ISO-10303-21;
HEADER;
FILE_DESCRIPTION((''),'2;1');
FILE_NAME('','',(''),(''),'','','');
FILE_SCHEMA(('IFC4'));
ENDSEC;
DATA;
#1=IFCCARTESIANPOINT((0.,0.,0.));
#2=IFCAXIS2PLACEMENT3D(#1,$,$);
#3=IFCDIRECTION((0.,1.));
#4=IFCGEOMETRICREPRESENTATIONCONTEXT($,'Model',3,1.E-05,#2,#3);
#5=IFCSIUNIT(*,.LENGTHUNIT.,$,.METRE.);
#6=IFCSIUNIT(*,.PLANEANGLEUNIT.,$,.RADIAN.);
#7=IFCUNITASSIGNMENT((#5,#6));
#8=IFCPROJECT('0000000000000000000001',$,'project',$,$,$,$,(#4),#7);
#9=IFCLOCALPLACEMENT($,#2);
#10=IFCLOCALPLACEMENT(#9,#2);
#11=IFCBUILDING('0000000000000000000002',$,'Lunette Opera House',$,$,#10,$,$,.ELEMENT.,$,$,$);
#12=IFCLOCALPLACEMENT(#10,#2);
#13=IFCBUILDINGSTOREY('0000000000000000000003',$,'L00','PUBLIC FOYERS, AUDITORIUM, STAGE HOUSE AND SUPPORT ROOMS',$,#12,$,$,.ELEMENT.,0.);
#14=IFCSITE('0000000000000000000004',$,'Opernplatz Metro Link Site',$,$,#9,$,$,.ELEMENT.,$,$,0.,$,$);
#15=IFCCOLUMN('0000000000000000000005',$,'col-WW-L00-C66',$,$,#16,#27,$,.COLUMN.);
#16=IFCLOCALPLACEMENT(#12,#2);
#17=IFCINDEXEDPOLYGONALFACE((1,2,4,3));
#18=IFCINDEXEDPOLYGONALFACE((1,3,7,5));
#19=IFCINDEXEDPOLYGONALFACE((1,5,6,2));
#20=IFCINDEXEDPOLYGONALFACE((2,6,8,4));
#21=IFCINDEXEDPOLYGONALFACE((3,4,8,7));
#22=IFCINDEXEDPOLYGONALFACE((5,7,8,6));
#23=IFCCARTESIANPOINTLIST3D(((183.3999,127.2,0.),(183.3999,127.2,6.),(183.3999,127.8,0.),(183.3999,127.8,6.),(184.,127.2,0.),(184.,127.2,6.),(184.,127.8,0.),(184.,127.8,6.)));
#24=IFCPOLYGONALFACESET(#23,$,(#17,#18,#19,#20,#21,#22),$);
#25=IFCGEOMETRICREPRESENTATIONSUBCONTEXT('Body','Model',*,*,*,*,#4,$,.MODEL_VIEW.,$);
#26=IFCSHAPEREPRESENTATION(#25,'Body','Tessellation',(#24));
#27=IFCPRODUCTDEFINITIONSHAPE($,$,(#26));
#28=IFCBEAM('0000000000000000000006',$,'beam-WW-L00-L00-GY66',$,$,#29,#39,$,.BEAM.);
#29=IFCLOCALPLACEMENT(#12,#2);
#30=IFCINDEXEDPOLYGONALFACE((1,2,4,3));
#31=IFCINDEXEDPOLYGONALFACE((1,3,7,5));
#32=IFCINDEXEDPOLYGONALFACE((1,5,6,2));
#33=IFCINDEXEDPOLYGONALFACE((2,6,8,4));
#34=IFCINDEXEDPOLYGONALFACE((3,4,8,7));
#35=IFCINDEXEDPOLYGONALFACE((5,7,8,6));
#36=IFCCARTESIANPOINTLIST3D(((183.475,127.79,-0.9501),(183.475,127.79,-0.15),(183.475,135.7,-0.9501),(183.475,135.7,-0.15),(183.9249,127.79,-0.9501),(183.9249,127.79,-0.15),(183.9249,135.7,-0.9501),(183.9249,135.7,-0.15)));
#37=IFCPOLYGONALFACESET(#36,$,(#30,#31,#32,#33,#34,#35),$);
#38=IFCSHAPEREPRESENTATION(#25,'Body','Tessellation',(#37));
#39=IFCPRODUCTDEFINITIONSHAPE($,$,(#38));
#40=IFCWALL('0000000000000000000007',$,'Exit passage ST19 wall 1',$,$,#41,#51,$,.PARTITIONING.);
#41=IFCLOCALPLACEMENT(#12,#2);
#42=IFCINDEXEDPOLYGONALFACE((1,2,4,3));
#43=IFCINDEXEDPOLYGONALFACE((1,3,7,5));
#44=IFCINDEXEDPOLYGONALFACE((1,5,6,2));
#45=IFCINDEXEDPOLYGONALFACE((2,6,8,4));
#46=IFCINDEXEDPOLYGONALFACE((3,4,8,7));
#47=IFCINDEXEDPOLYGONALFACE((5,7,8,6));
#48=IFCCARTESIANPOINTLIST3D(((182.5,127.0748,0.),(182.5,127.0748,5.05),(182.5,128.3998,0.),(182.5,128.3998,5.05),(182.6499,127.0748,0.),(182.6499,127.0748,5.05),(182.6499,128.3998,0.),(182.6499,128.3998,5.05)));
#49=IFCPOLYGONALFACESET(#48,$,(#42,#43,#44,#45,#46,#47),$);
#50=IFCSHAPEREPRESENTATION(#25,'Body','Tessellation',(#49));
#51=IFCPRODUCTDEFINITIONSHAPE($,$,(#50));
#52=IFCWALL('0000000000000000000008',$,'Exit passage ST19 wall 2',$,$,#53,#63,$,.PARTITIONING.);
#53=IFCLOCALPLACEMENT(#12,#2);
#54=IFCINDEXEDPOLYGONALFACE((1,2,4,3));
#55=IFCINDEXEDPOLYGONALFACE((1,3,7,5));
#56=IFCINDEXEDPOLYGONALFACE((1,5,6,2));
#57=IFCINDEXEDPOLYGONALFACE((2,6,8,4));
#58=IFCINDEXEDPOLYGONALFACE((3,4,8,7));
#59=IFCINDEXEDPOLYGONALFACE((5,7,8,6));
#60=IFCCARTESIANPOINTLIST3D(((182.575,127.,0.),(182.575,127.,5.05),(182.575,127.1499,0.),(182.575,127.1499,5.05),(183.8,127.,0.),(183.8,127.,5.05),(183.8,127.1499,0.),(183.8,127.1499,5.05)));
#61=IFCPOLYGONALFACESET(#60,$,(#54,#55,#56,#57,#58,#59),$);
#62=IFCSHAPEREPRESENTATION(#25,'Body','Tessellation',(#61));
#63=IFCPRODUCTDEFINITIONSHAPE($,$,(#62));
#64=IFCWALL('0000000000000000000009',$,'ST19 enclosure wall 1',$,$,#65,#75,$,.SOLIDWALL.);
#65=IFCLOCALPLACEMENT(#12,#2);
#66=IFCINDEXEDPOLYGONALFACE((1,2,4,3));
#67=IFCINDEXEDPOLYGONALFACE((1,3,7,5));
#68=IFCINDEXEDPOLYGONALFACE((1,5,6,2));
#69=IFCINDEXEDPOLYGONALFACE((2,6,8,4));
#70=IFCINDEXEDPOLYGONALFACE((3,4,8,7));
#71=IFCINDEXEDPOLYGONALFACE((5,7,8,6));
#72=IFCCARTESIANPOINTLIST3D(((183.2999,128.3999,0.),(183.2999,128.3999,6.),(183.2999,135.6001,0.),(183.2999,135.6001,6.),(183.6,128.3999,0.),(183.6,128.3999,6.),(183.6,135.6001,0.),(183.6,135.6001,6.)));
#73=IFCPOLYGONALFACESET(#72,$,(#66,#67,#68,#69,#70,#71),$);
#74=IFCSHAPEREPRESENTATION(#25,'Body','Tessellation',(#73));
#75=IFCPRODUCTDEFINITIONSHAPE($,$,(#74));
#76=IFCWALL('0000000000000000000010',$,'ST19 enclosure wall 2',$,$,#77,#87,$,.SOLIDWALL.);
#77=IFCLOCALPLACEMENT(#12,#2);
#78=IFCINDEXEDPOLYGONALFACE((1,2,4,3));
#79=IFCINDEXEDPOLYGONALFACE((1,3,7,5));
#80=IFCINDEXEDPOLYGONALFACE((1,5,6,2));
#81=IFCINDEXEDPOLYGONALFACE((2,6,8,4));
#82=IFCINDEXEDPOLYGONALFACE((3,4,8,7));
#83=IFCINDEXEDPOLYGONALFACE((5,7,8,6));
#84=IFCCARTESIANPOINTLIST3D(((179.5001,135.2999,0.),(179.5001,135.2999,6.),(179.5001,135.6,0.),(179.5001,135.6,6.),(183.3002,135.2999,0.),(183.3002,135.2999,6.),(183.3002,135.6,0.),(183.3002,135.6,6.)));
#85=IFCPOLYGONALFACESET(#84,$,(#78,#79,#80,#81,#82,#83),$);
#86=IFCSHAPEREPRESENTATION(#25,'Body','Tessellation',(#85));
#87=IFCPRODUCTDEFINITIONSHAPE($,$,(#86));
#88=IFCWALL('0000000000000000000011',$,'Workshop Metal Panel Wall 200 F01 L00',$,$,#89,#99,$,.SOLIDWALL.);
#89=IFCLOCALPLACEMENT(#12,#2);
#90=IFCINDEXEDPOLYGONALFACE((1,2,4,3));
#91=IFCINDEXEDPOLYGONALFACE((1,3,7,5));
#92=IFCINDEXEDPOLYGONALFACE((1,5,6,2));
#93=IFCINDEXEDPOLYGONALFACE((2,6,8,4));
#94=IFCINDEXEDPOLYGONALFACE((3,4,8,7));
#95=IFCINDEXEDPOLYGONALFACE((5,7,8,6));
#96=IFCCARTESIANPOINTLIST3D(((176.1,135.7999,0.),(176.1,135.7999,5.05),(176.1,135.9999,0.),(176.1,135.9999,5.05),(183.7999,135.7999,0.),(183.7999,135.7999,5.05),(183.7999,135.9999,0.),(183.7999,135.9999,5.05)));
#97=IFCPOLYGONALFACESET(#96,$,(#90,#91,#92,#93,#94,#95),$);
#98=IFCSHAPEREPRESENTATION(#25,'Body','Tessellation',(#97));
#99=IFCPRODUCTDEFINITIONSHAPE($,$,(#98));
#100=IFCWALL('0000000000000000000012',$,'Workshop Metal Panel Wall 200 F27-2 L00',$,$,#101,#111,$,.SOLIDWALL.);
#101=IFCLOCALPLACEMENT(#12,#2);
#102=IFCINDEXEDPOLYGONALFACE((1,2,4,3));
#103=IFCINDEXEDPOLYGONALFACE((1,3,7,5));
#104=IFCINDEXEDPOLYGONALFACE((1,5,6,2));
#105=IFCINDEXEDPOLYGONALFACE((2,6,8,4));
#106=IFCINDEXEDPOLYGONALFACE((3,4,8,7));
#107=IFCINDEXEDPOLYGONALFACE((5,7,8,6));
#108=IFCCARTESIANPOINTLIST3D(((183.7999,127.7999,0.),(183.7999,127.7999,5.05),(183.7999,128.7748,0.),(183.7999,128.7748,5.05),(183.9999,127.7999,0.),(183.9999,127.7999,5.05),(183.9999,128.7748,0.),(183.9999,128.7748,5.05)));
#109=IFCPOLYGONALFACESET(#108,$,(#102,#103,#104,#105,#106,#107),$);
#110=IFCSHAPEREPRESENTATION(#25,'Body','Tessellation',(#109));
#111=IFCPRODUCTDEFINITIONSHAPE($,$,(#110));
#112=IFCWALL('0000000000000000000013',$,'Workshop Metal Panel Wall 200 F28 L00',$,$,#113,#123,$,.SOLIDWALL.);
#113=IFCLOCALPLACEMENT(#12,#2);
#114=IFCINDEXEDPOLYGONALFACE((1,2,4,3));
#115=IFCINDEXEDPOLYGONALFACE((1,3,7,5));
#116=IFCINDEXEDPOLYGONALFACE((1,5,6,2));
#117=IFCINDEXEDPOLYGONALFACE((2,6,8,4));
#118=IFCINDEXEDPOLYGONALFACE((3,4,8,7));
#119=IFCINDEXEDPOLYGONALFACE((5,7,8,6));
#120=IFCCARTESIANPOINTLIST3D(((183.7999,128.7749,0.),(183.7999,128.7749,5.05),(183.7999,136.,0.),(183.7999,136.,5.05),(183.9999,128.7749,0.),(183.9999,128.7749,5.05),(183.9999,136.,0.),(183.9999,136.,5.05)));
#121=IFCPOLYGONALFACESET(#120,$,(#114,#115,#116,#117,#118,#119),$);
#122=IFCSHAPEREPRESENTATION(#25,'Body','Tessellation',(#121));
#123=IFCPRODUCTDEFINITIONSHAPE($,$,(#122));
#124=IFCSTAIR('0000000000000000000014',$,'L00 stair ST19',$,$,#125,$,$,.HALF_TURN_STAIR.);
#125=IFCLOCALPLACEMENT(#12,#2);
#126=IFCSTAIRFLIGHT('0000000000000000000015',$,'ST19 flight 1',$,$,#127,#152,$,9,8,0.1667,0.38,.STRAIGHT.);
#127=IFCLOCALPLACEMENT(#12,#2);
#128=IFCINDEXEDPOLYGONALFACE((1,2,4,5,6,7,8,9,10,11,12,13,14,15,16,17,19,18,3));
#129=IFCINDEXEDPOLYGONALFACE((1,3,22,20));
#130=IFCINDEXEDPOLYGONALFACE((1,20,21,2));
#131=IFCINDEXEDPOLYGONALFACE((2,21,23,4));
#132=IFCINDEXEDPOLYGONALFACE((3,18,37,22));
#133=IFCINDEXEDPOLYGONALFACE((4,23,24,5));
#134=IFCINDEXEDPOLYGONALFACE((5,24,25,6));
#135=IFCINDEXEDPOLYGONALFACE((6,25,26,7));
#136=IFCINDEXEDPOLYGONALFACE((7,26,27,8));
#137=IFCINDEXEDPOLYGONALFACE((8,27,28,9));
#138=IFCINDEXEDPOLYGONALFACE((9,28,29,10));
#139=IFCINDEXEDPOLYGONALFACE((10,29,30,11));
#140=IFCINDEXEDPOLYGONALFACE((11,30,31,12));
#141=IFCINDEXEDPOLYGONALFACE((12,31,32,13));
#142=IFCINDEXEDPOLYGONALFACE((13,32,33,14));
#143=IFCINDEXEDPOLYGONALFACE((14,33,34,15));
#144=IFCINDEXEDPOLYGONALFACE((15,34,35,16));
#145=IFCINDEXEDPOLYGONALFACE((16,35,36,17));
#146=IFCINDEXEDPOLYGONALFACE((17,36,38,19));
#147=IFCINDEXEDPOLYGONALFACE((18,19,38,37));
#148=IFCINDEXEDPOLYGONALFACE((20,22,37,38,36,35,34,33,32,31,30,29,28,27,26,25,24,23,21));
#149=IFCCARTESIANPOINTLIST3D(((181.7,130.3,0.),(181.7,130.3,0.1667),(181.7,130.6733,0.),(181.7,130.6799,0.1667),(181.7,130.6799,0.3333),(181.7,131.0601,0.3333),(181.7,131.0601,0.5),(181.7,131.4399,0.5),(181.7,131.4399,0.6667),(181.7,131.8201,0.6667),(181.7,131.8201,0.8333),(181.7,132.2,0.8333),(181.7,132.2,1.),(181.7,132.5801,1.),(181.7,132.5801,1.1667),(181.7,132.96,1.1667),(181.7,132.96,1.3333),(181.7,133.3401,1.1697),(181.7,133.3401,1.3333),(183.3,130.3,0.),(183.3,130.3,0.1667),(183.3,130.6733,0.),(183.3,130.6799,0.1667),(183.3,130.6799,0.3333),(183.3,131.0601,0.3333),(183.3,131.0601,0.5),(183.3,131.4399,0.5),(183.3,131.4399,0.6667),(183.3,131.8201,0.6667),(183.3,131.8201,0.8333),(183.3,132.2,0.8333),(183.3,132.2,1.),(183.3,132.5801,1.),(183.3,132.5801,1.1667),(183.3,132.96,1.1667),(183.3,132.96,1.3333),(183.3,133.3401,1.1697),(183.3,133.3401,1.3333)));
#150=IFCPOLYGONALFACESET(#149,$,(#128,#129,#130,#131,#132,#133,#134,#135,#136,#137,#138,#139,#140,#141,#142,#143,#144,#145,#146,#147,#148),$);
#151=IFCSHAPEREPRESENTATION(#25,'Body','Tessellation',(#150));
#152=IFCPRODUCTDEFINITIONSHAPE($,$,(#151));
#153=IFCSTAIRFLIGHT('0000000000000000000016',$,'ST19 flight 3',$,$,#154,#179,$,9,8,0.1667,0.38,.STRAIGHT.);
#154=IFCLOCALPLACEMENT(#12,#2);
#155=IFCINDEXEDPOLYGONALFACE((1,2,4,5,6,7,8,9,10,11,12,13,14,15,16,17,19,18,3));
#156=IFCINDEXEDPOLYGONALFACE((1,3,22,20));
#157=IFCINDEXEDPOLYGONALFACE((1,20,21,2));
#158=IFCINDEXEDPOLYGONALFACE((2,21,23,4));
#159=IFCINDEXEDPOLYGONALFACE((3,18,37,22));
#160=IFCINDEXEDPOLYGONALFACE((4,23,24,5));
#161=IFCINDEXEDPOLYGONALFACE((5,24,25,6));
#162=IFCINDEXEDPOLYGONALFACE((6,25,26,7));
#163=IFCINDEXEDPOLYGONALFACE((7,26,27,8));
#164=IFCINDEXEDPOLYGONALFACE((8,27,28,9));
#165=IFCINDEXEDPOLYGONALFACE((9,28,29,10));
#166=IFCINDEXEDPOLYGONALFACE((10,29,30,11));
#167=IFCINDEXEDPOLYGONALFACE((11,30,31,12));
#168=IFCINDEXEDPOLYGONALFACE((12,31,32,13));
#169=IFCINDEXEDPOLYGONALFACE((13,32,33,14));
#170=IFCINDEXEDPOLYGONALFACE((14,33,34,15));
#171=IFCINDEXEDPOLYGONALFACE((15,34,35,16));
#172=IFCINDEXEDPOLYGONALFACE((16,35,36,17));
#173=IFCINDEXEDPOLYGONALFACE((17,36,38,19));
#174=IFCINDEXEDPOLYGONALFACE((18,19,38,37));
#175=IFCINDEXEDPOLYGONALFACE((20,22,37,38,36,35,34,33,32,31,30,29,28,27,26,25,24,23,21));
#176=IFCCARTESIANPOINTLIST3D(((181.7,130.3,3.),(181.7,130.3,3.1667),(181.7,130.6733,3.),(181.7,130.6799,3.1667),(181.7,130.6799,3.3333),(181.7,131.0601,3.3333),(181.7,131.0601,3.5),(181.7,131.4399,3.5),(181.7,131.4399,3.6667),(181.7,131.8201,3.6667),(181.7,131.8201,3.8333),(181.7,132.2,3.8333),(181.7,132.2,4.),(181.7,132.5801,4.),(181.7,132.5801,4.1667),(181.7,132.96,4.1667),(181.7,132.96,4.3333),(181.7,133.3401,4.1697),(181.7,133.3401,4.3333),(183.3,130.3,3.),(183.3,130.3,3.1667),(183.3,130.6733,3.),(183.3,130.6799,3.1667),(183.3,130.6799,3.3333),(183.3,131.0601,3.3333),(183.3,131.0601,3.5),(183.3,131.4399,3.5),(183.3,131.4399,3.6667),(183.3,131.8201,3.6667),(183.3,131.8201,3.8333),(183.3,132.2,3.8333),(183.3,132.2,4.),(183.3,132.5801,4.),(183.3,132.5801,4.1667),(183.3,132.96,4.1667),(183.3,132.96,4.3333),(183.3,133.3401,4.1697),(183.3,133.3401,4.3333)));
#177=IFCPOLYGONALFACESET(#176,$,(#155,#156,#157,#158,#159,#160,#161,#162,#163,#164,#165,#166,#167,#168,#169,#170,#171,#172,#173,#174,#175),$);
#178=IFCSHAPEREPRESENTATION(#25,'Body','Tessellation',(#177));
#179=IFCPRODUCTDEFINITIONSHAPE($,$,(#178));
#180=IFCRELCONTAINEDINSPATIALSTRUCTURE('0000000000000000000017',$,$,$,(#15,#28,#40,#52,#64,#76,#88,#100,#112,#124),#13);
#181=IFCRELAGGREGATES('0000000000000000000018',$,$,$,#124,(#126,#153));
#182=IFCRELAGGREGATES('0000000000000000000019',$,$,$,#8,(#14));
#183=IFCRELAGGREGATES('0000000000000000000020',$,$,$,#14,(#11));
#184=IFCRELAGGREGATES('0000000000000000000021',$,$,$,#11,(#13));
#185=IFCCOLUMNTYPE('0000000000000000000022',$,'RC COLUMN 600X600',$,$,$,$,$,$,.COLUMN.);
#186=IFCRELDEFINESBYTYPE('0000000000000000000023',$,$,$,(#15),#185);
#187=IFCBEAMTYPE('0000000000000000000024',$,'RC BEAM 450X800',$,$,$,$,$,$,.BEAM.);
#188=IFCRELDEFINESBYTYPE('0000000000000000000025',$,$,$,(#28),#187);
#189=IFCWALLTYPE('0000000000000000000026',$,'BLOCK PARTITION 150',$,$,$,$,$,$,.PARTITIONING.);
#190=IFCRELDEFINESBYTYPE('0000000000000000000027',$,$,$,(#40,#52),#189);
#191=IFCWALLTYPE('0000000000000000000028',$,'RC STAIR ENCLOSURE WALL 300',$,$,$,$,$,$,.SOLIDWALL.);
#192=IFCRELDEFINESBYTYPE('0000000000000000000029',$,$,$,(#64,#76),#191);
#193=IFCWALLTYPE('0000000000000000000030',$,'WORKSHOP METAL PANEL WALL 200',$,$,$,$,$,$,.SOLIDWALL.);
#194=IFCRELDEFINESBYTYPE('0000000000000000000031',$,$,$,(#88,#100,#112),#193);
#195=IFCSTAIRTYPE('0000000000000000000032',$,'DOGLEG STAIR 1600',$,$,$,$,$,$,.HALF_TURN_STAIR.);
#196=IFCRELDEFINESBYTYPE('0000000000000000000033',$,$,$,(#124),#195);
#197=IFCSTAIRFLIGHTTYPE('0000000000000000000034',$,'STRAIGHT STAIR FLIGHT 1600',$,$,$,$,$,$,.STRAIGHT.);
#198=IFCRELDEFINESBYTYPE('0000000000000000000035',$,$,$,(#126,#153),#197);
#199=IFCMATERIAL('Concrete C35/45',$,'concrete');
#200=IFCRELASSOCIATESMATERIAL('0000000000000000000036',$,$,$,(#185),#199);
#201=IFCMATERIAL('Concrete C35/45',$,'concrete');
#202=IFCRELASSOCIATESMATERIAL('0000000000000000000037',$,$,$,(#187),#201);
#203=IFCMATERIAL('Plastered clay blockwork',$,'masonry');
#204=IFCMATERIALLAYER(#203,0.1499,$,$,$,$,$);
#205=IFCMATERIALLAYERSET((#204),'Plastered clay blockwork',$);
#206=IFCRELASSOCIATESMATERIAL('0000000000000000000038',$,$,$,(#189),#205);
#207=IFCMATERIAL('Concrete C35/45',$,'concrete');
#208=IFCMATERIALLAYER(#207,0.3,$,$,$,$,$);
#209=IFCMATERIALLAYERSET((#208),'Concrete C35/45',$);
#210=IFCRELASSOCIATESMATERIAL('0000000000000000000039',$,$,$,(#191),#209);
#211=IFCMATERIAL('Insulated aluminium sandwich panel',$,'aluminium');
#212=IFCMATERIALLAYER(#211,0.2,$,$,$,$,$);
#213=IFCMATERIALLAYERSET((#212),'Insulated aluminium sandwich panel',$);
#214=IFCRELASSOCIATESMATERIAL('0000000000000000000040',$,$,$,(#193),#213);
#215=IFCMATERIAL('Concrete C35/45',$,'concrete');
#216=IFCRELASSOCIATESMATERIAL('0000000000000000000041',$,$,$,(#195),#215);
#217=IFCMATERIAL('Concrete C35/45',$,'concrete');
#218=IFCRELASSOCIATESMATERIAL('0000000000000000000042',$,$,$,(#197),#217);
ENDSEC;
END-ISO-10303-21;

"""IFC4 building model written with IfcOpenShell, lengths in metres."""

from ifc_helpers import new_model, si_unit, direction, frame, frame_2d, origin, origin_2d, place, context, subcontext, project, spatial, polyline, rectangle, outline, extrude, material, layer, layer_set, material_profile, profile_set, type_object, element, aggregate, save


model = new_model("IFC4")

# Units and contexts
model_context = context("Model", 3, precision=1e-05, world=origin(), true_north=direction((0.0, 1.0)))
body_context = subcontext(model_context, "Body", "Model", "MODEL_VIEW")
ifc_project = project(units=[si_unit("LENGTHUNIT", "METRE"), si_unit("PLANEANGLEUNIT", "RADIAN")], contexts=[model_context])

# Site, building, storey
site_placement = place(None, origin())
site = spatial("IfcSite", under=ifc_project, at=site_placement, Name="Opernplatz Metro Link Site", CompositionType="ELEMENT", RefElevation=0.0)
building_placement = place(site_placement, origin())
building = spatial("IfcBuilding", under=site, at=building_placement, Name="Lunette Opera House", CompositionType="ELEMENT")
storey_placement = place(building_placement, origin())
storey = spatial("IfcBuildingStorey", under=building, at=storey_placement, Name="L00", Description="PUBLIC FOYERS, AUDITORIUM, STAGE HOUSE AND SUPPORT ROOMS", CompositionType="ELEMENT", Elevation=0.0)

# Column
ifc_material_1 = material(Name="Concrete C35/45", Category="concrete")
ifc_material_profile_1 = material_profile(ifc_material_1, rectangle(XDim=0.6001, YDim=0.6001, at=origin_2d()), Name="RC COLUMN 600X600")
ifc_profile_set_1 = profile_set([ifc_material_profile_1], Name="Concrete C35/45")
column_type = type_object("IfcColumnType", Name="RC COLUMN 600X600", PredefinedType="COLUMN", material=ifc_profile_set_1)
column_placement = place(storey_placement, frame((183.7, 127.5, 0.0), z_axis=(0.0, 0.0, 1.0), x_axis=(1.0, 0.0, 0.0)))
element("IfcColumn", 1, at=column_placement, inside=storey, type_object=column_type, Name="col-WW-L00-C66", PredefinedType="COLUMN", context=body_context, shape_type="SweptSolid", body=[
    extrude(rectangle(XDim=0.6001, YDim=0.6001, at=origin_2d()), origin(), (0.0, 0.0, 1.0), 6.0),
])

# Beam
ifc_material_2 = material(Name="Concrete C35/45", Category="concrete")
ifc_material_profile_2 = material_profile(ifc_material_2, rectangle(XDim=0.45, YDim=0.8, at=origin_2d()), Name="RC BEAM 450X800")
ifc_profile_set_2 = profile_set([ifc_material_profile_2], Name="Concrete C35/45")
beam_type = type_object("IfcBeamType", Name="RC BEAM 450X800", PredefinedType="BEAM", material=ifc_profile_set_2)
beam_placement = place(storey_placement, frame((183.7, 127.79, -0.55), z_axis=(0.0, 1.0, 0.0), x_axis=(-1.0, 0.0, 0.0)))
element("IfcBeam", 2, at=beam_placement, inside=storey, type_object=beam_type, Name="beam-WW-L00-L00-GY66", PredefinedType="BEAM", context=body_context, shape_type="SweptSolid", body=[
    extrude(rectangle(XDim=0.45, YDim=0.8, at=origin_2d()), origin(), (0.0, 0.0, 1.0), 7.9099),
])

# Walls
ifc_material_3 = material(Name="Plastered clay blockwork", Category="masonry")
ifc_layer_1 = layer(ifc_material_3, 0.1499)
ifc_layer_set_1 = layer_set([ifc_layer_1], Name="Plastered clay blockwork")
wall_type_1 = type_object("IfcWallType", Name="BLOCK PARTITION 150", PredefinedType="PARTITIONING", material=ifc_layer_set_1)
wall_1_placement = place(storey_placement, frame((182.575, 128.3999, 0.0), z_axis=(0.0, 0.0, 1.0), x_axis=(0.0, -1.0, 0.0)))
element("IfcWall", 3, at=wall_1_placement, inside=storey, type_object=wall_type_1, Name="Exit passage ST19 wall 1", PredefinedType="PARTITIONING", context=body_context, shape_type="SweptSolid", body=[
    extrude(rectangle(XDim=1.325, YDim=0.1499, at=frame_2d((0.6626, 0.0))), origin(), (0.0, 0.0, 1.0), 5.05),
])
wall_2_placement = place(storey_placement, frame((182.575, 127.075, 0.0), z_axis=(0.0, 0.0, 1.0), x_axis=(1.0, 0.0, 0.0)))
element("IfcWall", 4, at=wall_2_placement, inside=storey, type_object=wall_type_1, Name="Exit passage ST19 wall 2", PredefinedType="PARTITIONING", context=body_context, shape_type="SweptSolid", body=[
    extrude(rectangle(XDim=1.2251, YDim=0.1499, at=frame_2d((0.6125, 0.0))), origin(), (0.0, 0.0, 1.0), 5.05),
])
ifc_material_4 = material(Name="Concrete C35/45", Category="concrete")
ifc_layer_2 = layer(ifc_material_4, 0.3)
ifc_layer_set_2 = layer_set([ifc_layer_2], Name="Concrete C35/45")
wall_type_2 = type_object("IfcWallType", Name="RC STAIR ENCLOSURE WALL 300", PredefinedType="SOLIDWALL", material=ifc_layer_set_2)
wall_3_placement = place(storey_placement, frame((183.45, 128.3999, 0.0), z_axis=(0.0, 0.0, 1.0), x_axis=(0.0, 1.0, 0.0)))
element("IfcWall", 5, at=wall_3_placement, inside=storey, type_object=wall_type_2, Name="ST19 enclosure wall 1", PredefinedType="SOLIDWALL", context=body_context, shape_type="SweptSolid", body=[
    extrude(rectangle(XDim=7.2002, YDim=0.3, at=frame_2d((3.6001, 0.0))), origin(), (0.0, 0.0, 1.0), 6.0),
])
wall_4_placement = place(storey_placement, frame((183.3, 135.45, 0.0), z_axis=(0.0, 0.0, 1.0), x_axis=(-1.0, 0.0, 0.0)))
element("IfcWall", 6, at=wall_4_placement, inside=storey, type_object=wall_type_2, Name="ST19 enclosure wall 2", PredefinedType="SOLIDWALL", context=body_context, shape_type="SweptSolid", body=[
    extrude(rectangle(XDim=3.8, YDim=0.3, at=frame_2d((1.8999, 0.0))), origin(), (0.0, 0.0, 1.0), 6.0),
])
ifc_material_5 = material(Name="Insulated aluminium sandwich panel", Category="aluminium")
ifc_layer_3 = layer(ifc_material_5, 0.2)
ifc_layer_set_3 = layer_set([ifc_layer_3], Name="Insulated aluminium sandwich panel")
wall_type_3 = type_object("IfcWallType", Name="WORKSHOP METAL PANEL WALL 200", PredefinedType="SOLIDWALL", material=ifc_layer_set_3)
wall_5_placement = place(storey_placement, frame((183.8, 135.8999, 0.0), z_axis=(0.0, 0.0, 1.0), x_axis=(-1.0, 0.0, 0.0)))
element("IfcWall", 7, at=wall_5_placement, inside=storey, type_object=wall_type_3, Name="Workshop Metal Panel Wall 200 F01 L00", PredefinedType="SOLIDWALL", context=body_context, shape_type="SweptSolid", body=[
    extrude(rectangle(XDim=7.7, YDim=0.2, at=frame_2d((3.8501, 0.0))), origin(), (0.0, 0.0, 1.0), 5.05),
])
wall_6_placement = place(storey_placement, frame((183.8999, 127.8, 0.0), z_axis=(0.0, 0.0, 1.0), x_axis=(0.0, 1.0, 0.0)))
element("IfcWall", 8, at=wall_6_placement, inside=storey, type_object=wall_type_3, Name="Workshop Metal Panel Wall 200 F27-2 L00", PredefinedType="SOLIDWALL", context=body_context, shape_type="SweptSolid", body=[
    extrude(rectangle(XDim=0.9749, YDim=0.2, at=frame_2d((0.4873, 0.0))), origin(), (0.0, 0.0, 1.0), 5.05),
])
wall_7_placement = place(storey_placement, frame((183.8999, 128.7749, 0.0), z_axis=(0.0, 0.0, 1.0), x_axis=(0.0, 1.0, 0.0)))
element("IfcWall", 9, at=wall_7_placement, inside=storey, type_object=wall_type_3, Name="Workshop Metal Panel Wall 200 F28 L00", PredefinedType="SOLIDWALL", context=body_context, shape_type="SweptSolid", body=[
    extrude(rectangle(XDim=7.2251, YDim=0.2, at=frame_2d((3.6125, 0.0))), origin(), (0.0, 0.0, 1.0), 5.05),
])

# Stair, stair flights
ifc_material_6 = material(Name="Concrete C35/45", Category="concrete")
stair_type = type_object("IfcStairType", Name="DOGLEG STAIR 1600", PredefinedType="HALF_TURN_STAIR", material=ifc_material_6)
stair_placement = place(storey_placement, origin())
stair = element("IfcStair", 10, at=stair_placement, inside=storey, type_object=stair_type, Name="L00 stair ST19", PredefinedType="HALF_TURN_STAIR")
ifc_material_7 = material(Name="Concrete C35/45", Category="concrete")
stair_flight_type = type_object("IfcStairFlightType", Name="STRAIGHT STAIR FLIGHT 1600", PredefinedType="STRAIGHT", material=ifc_material_7)
stair_flight_1_placement = place(storey_placement, frame((182.5, 130.3, 0.0), z_axis=(0.0, 0.0, 1.0), x_axis=(0.0, 1.0, 0.0)))
stair_flight_1 = element("IfcStairFlight", 11, at=stair_flight_1_placement, type_object=stair_flight_type, Name="ST19 flight 1", NumberOfRisers=9, NumberOfTreads=8, PredefinedType="STRAIGHT", RiserHeight=0.1667, TreadLength=0.38, context=body_context, shape_type="SweptSolid", body=[
    extrude(outline(polyline([(0.0, 0.0), (0.0, 0.1667), (0.3799, 0.1667), (0.3799, 0.3333), (0.76, 0.3333), (0.76, 0.5), (1.1399, 0.5), (1.1399, 0.6667), (1.52, 0.6667), (1.52, 0.8333), (1.8999, 0.8333), (1.8999, 1.0), (2.28, 1.0), (2.28, 1.1667), (2.6599, 1.1667), (2.6599, 1.3333), (3.04, 1.3333), (3.04, 1.5), (3.04, 1.1697), (0.3733, 0.0), (0.0, 0.0)])), frame((0.0, 0.8, 0.0), z_axis=(0.0, -1.0, 0.0), x_axis=(1.0, 0.0, 0.0)), (0.0, 0.0, 1.0), 1.6001),
])
stair_flight_2_placement = place(storey_placement, frame((182.5, 130.3, 3.0), z_axis=(0.0, 0.0, 1.0), x_axis=(0.0, 1.0, 0.0)))
stair_flight_2 = element("IfcStairFlight", 12, at=stair_flight_2_placement, type_object=stair_flight_type, Name="ST19 flight 3", NumberOfRisers=9, NumberOfTreads=8, PredefinedType="STRAIGHT", RiserHeight=0.1667, TreadLength=0.38, context=body_context, shape_type="SweptSolid", body=[
    extrude(outline(polyline([(0.0, 0.0), (0.0, 0.1667), (0.3799, 0.1667), (0.3799, 0.3333), (0.76, 0.3333), (0.76, 0.5), (1.1399, 0.5), (1.1399, 0.6667), (1.52, 0.6667), (1.52, 0.8333), (1.8999, 0.8333), (1.8999, 1.0), (2.28, 1.0), (2.28, 1.1667), (2.6599, 1.1667), (2.6599, 1.3333), (3.04, 1.3333), (3.04, 1.5), (3.04, 1.1697), (0.3733, 0.0), (0.0, 0.0)])), frame((0.0, 0.8, 0.0), z_axis=(0.0, -1.0, 0.0), x_axis=(1.0, 0.0, 0.0)), (0.0, 0.0, 1.0), 1.6001),
])
aggregate(stair, [stair_flight_1, stair_flight_2])

save(model, "model.ifc")
